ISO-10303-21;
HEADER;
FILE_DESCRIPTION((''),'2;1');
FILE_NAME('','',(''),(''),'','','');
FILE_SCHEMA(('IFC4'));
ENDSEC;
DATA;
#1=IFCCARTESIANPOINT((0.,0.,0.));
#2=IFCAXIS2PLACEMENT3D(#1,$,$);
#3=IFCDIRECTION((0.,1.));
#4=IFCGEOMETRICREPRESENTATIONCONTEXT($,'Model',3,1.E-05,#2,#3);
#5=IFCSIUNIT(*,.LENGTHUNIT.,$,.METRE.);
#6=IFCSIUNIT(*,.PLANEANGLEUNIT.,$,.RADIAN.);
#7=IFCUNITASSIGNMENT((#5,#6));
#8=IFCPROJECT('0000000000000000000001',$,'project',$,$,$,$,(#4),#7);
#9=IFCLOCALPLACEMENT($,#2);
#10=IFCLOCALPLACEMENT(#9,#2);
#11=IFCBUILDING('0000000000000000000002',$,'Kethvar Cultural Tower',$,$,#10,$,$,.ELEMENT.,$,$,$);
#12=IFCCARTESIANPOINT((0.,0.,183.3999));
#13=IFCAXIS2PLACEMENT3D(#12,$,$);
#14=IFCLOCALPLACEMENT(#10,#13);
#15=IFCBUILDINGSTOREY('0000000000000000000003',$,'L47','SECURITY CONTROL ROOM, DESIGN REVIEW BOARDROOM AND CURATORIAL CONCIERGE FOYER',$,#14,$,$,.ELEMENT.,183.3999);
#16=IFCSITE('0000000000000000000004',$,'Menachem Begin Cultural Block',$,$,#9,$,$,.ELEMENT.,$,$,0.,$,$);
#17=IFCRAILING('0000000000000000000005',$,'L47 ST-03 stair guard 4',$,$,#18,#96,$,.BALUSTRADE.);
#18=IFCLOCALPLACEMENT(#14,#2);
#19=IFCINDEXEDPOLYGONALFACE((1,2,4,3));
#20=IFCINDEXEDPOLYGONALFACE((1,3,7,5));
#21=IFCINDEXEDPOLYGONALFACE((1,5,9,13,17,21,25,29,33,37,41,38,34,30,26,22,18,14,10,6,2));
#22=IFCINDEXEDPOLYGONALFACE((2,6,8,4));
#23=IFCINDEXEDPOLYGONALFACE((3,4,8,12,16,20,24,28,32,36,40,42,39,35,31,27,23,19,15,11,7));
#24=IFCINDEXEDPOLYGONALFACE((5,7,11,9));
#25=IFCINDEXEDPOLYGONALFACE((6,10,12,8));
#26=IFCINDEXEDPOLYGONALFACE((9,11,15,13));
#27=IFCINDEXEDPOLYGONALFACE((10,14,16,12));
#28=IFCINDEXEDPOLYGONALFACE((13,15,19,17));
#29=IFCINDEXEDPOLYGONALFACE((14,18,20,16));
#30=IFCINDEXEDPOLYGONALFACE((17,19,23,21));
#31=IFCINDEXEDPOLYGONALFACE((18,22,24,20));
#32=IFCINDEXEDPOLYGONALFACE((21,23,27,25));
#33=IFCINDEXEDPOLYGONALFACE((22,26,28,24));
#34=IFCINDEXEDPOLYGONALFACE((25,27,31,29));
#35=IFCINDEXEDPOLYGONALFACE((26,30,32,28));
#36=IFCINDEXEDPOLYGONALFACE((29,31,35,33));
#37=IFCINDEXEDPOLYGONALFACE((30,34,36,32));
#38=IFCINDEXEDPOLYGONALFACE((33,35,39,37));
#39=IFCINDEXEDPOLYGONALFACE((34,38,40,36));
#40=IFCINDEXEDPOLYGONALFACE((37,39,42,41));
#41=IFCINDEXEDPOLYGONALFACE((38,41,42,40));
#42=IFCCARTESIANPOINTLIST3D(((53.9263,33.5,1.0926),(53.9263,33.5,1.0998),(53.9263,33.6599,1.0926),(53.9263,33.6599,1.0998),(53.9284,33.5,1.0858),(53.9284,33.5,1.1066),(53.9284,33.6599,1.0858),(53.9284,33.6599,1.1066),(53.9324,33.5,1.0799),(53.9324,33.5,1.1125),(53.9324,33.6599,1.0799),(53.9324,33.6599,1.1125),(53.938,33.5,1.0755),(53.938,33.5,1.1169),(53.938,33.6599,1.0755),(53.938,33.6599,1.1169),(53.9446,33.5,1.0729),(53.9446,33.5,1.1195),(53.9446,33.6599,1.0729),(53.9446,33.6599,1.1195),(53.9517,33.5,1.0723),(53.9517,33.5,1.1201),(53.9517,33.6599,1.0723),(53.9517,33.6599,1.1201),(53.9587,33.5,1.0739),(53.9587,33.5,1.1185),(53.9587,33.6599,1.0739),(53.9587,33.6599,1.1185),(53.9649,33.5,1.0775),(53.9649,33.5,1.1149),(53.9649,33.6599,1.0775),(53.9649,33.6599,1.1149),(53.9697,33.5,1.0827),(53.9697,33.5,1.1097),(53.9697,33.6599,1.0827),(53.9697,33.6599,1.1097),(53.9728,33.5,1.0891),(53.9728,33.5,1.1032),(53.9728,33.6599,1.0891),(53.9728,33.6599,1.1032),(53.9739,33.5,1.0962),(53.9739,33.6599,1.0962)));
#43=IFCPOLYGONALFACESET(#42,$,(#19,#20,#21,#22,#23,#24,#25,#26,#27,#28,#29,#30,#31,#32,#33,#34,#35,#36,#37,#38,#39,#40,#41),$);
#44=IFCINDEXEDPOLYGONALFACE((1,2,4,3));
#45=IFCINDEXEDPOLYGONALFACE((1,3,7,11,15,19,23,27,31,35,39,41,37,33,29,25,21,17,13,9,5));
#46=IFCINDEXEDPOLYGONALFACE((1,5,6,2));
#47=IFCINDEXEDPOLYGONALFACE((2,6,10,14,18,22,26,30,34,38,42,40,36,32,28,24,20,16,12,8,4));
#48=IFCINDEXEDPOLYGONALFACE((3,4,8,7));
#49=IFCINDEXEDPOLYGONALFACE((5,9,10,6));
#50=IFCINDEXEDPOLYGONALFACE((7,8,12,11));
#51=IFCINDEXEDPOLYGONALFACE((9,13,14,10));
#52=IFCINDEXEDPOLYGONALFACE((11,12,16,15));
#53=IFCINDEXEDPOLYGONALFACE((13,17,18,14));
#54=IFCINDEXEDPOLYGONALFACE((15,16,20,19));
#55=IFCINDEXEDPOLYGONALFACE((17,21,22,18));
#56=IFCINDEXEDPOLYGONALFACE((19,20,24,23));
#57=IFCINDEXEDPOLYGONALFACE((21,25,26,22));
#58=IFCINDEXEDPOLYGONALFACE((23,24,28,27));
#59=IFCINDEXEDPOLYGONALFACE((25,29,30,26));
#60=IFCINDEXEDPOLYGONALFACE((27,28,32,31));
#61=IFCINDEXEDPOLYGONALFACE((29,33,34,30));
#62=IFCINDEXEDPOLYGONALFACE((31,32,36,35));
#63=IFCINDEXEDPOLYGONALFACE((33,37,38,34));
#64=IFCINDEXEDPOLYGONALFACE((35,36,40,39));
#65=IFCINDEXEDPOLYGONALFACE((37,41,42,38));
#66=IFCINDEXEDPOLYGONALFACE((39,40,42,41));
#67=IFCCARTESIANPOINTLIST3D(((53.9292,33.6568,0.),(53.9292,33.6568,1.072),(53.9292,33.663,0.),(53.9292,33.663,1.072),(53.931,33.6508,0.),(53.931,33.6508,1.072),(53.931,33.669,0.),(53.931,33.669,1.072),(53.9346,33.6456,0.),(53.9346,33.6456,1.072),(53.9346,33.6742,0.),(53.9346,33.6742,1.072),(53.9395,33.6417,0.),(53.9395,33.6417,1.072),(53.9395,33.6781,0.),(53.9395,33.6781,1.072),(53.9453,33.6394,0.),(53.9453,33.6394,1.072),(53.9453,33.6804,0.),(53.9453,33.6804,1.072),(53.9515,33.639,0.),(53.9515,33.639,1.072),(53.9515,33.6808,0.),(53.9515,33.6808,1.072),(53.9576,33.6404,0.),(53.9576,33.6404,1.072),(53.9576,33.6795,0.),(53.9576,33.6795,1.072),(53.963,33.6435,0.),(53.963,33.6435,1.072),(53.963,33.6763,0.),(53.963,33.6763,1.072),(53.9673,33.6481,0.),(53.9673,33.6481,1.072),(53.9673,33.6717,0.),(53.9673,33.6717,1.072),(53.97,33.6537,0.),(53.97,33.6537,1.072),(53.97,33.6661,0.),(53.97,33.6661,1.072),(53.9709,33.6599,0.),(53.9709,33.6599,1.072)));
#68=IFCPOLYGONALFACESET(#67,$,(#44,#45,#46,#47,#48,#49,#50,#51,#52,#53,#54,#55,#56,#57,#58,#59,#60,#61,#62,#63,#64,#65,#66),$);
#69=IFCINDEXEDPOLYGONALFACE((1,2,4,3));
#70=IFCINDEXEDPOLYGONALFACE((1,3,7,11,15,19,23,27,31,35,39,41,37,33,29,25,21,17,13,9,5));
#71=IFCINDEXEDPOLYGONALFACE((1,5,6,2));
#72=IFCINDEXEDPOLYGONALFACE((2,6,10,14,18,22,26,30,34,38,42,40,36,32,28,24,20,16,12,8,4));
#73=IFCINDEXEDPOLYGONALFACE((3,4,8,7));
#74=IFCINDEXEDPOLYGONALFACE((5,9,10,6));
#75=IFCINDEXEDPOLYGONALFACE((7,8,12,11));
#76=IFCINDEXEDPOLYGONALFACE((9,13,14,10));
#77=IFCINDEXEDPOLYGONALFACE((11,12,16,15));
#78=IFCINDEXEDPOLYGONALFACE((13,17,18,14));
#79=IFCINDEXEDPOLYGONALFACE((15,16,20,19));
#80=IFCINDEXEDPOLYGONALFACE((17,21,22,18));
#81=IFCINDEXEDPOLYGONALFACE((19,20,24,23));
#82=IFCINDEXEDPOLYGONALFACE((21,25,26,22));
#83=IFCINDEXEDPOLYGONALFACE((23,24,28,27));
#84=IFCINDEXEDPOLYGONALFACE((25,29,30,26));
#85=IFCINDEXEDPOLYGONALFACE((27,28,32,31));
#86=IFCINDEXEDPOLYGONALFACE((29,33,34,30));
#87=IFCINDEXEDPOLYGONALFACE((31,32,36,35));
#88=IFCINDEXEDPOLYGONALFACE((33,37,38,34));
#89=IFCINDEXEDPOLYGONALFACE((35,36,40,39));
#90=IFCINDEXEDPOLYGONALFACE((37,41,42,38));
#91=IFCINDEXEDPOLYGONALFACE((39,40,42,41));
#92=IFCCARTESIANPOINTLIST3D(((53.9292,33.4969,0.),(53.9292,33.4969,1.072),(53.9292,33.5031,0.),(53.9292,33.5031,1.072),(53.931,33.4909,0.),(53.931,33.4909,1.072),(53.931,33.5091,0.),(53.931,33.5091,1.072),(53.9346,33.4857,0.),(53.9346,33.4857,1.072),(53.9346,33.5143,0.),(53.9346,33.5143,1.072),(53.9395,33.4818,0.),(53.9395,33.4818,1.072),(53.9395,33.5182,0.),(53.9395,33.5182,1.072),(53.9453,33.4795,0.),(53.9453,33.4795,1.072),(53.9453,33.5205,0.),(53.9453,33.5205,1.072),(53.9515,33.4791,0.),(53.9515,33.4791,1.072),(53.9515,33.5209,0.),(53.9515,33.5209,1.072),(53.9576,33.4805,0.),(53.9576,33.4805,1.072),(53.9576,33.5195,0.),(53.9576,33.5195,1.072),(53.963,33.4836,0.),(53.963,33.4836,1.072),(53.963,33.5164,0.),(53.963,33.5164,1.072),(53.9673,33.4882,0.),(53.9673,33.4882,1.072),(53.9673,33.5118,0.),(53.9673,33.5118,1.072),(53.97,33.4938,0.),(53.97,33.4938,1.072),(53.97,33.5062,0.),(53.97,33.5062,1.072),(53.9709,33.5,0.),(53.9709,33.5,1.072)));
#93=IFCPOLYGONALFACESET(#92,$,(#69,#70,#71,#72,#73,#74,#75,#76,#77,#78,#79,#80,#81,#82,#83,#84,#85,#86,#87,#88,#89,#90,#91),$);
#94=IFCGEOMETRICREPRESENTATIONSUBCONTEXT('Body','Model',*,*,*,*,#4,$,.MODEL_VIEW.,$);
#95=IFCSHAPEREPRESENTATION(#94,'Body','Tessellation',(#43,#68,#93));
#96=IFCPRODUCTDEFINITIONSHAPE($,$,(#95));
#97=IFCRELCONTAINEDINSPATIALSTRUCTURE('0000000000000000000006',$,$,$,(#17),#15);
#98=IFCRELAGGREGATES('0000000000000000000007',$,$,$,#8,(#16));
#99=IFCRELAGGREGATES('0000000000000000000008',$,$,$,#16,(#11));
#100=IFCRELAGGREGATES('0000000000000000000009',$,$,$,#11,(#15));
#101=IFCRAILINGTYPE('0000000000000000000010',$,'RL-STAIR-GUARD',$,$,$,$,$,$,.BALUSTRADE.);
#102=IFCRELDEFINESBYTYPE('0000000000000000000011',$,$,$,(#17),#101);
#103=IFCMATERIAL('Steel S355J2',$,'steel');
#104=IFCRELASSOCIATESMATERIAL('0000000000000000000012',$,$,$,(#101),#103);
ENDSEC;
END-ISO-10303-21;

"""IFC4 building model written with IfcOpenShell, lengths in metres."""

from ifc_helpers import new_model, si_unit, direction, frame, origin, origin_2d, place, context, subcontext, project, spatial, circle, extrude, material, type_object, element, save


model = new_model("IFC4")

# Units and contexts
model_context = context("Model", 3, precision=1e-05, world=origin(), true_north=direction((0.0, 1.0)))
body_context = subcontext(model_context, "Body", "Model", "MODEL_VIEW")
ifc_project = project(units=[si_unit("LENGTHUNIT", "METRE"), si_unit("PLANEANGLEUNIT", "RADIAN")], contexts=[model_context])

# Site, building, storey
site_placement = place(None, origin())
site = spatial("IfcSite", under=ifc_project, at=site_placement, Name="Menachem Begin Cultural Block", CompositionType="ELEMENT", RefElevation=0.0)
building_placement = place(site_placement, origin())
building = spatial("IfcBuilding", under=site, at=building_placement, Name="Kethvar Cultural Tower", CompositionType="ELEMENT")
storey_placement = place(building_placement, frame((0.0, 0.0, 183.3999)))
storey = spatial("IfcBuildingStorey", under=building, at=storey_placement, Name="L47", Description="SECURITY CONTROL ROOM, DESIGN REVIEW BOARDROOM AND CURATORIAL CONCIERGE FOYER", CompositionType="ELEMENT", Elevation=183.3999)

# Shared definitions
ifc_material_1 = material(Name="Steel S355J2", Category="steel")

# Railing
railing_type_1 = type_object("IfcRailingType", Name="RL-STAIR-GUARD", PredefinedType="BALUSTRADE", material=ifc_material_1)
railing_1_placement = place(storey_placement, frame((53.95, 33.6599, 0.0)))
element("IfcRailing", 1, at=railing_1_placement, inside=storey, type_object=railing_type_1, Name="L47 ST-03 stair guard 4", PredefinedType="BALUSTRADE", context=body_context, shape_type="SweptSolid", body=[
    extrude(circle(Radius=0.0239, at=origin_2d()), frame((0.0, 0.0, 1.0962), z_axis=(0.0, -1.0, 0.0), x_axis=(1.0, 0.0, 0.0)), (0.0, 0.0, 1.0), 0.1599),
    extrude(circle(Radius=0.021, at=origin_2d()), origin(), (0.0, 0.0, 1.0), 1.072),
    extrude(circle(Radius=0.021, at=origin_2d()), frame((0.0, -0.1599, 0.0)), (0.0, 0.0, 1.0), 1.072),
])

save(model, "model.ifc")
